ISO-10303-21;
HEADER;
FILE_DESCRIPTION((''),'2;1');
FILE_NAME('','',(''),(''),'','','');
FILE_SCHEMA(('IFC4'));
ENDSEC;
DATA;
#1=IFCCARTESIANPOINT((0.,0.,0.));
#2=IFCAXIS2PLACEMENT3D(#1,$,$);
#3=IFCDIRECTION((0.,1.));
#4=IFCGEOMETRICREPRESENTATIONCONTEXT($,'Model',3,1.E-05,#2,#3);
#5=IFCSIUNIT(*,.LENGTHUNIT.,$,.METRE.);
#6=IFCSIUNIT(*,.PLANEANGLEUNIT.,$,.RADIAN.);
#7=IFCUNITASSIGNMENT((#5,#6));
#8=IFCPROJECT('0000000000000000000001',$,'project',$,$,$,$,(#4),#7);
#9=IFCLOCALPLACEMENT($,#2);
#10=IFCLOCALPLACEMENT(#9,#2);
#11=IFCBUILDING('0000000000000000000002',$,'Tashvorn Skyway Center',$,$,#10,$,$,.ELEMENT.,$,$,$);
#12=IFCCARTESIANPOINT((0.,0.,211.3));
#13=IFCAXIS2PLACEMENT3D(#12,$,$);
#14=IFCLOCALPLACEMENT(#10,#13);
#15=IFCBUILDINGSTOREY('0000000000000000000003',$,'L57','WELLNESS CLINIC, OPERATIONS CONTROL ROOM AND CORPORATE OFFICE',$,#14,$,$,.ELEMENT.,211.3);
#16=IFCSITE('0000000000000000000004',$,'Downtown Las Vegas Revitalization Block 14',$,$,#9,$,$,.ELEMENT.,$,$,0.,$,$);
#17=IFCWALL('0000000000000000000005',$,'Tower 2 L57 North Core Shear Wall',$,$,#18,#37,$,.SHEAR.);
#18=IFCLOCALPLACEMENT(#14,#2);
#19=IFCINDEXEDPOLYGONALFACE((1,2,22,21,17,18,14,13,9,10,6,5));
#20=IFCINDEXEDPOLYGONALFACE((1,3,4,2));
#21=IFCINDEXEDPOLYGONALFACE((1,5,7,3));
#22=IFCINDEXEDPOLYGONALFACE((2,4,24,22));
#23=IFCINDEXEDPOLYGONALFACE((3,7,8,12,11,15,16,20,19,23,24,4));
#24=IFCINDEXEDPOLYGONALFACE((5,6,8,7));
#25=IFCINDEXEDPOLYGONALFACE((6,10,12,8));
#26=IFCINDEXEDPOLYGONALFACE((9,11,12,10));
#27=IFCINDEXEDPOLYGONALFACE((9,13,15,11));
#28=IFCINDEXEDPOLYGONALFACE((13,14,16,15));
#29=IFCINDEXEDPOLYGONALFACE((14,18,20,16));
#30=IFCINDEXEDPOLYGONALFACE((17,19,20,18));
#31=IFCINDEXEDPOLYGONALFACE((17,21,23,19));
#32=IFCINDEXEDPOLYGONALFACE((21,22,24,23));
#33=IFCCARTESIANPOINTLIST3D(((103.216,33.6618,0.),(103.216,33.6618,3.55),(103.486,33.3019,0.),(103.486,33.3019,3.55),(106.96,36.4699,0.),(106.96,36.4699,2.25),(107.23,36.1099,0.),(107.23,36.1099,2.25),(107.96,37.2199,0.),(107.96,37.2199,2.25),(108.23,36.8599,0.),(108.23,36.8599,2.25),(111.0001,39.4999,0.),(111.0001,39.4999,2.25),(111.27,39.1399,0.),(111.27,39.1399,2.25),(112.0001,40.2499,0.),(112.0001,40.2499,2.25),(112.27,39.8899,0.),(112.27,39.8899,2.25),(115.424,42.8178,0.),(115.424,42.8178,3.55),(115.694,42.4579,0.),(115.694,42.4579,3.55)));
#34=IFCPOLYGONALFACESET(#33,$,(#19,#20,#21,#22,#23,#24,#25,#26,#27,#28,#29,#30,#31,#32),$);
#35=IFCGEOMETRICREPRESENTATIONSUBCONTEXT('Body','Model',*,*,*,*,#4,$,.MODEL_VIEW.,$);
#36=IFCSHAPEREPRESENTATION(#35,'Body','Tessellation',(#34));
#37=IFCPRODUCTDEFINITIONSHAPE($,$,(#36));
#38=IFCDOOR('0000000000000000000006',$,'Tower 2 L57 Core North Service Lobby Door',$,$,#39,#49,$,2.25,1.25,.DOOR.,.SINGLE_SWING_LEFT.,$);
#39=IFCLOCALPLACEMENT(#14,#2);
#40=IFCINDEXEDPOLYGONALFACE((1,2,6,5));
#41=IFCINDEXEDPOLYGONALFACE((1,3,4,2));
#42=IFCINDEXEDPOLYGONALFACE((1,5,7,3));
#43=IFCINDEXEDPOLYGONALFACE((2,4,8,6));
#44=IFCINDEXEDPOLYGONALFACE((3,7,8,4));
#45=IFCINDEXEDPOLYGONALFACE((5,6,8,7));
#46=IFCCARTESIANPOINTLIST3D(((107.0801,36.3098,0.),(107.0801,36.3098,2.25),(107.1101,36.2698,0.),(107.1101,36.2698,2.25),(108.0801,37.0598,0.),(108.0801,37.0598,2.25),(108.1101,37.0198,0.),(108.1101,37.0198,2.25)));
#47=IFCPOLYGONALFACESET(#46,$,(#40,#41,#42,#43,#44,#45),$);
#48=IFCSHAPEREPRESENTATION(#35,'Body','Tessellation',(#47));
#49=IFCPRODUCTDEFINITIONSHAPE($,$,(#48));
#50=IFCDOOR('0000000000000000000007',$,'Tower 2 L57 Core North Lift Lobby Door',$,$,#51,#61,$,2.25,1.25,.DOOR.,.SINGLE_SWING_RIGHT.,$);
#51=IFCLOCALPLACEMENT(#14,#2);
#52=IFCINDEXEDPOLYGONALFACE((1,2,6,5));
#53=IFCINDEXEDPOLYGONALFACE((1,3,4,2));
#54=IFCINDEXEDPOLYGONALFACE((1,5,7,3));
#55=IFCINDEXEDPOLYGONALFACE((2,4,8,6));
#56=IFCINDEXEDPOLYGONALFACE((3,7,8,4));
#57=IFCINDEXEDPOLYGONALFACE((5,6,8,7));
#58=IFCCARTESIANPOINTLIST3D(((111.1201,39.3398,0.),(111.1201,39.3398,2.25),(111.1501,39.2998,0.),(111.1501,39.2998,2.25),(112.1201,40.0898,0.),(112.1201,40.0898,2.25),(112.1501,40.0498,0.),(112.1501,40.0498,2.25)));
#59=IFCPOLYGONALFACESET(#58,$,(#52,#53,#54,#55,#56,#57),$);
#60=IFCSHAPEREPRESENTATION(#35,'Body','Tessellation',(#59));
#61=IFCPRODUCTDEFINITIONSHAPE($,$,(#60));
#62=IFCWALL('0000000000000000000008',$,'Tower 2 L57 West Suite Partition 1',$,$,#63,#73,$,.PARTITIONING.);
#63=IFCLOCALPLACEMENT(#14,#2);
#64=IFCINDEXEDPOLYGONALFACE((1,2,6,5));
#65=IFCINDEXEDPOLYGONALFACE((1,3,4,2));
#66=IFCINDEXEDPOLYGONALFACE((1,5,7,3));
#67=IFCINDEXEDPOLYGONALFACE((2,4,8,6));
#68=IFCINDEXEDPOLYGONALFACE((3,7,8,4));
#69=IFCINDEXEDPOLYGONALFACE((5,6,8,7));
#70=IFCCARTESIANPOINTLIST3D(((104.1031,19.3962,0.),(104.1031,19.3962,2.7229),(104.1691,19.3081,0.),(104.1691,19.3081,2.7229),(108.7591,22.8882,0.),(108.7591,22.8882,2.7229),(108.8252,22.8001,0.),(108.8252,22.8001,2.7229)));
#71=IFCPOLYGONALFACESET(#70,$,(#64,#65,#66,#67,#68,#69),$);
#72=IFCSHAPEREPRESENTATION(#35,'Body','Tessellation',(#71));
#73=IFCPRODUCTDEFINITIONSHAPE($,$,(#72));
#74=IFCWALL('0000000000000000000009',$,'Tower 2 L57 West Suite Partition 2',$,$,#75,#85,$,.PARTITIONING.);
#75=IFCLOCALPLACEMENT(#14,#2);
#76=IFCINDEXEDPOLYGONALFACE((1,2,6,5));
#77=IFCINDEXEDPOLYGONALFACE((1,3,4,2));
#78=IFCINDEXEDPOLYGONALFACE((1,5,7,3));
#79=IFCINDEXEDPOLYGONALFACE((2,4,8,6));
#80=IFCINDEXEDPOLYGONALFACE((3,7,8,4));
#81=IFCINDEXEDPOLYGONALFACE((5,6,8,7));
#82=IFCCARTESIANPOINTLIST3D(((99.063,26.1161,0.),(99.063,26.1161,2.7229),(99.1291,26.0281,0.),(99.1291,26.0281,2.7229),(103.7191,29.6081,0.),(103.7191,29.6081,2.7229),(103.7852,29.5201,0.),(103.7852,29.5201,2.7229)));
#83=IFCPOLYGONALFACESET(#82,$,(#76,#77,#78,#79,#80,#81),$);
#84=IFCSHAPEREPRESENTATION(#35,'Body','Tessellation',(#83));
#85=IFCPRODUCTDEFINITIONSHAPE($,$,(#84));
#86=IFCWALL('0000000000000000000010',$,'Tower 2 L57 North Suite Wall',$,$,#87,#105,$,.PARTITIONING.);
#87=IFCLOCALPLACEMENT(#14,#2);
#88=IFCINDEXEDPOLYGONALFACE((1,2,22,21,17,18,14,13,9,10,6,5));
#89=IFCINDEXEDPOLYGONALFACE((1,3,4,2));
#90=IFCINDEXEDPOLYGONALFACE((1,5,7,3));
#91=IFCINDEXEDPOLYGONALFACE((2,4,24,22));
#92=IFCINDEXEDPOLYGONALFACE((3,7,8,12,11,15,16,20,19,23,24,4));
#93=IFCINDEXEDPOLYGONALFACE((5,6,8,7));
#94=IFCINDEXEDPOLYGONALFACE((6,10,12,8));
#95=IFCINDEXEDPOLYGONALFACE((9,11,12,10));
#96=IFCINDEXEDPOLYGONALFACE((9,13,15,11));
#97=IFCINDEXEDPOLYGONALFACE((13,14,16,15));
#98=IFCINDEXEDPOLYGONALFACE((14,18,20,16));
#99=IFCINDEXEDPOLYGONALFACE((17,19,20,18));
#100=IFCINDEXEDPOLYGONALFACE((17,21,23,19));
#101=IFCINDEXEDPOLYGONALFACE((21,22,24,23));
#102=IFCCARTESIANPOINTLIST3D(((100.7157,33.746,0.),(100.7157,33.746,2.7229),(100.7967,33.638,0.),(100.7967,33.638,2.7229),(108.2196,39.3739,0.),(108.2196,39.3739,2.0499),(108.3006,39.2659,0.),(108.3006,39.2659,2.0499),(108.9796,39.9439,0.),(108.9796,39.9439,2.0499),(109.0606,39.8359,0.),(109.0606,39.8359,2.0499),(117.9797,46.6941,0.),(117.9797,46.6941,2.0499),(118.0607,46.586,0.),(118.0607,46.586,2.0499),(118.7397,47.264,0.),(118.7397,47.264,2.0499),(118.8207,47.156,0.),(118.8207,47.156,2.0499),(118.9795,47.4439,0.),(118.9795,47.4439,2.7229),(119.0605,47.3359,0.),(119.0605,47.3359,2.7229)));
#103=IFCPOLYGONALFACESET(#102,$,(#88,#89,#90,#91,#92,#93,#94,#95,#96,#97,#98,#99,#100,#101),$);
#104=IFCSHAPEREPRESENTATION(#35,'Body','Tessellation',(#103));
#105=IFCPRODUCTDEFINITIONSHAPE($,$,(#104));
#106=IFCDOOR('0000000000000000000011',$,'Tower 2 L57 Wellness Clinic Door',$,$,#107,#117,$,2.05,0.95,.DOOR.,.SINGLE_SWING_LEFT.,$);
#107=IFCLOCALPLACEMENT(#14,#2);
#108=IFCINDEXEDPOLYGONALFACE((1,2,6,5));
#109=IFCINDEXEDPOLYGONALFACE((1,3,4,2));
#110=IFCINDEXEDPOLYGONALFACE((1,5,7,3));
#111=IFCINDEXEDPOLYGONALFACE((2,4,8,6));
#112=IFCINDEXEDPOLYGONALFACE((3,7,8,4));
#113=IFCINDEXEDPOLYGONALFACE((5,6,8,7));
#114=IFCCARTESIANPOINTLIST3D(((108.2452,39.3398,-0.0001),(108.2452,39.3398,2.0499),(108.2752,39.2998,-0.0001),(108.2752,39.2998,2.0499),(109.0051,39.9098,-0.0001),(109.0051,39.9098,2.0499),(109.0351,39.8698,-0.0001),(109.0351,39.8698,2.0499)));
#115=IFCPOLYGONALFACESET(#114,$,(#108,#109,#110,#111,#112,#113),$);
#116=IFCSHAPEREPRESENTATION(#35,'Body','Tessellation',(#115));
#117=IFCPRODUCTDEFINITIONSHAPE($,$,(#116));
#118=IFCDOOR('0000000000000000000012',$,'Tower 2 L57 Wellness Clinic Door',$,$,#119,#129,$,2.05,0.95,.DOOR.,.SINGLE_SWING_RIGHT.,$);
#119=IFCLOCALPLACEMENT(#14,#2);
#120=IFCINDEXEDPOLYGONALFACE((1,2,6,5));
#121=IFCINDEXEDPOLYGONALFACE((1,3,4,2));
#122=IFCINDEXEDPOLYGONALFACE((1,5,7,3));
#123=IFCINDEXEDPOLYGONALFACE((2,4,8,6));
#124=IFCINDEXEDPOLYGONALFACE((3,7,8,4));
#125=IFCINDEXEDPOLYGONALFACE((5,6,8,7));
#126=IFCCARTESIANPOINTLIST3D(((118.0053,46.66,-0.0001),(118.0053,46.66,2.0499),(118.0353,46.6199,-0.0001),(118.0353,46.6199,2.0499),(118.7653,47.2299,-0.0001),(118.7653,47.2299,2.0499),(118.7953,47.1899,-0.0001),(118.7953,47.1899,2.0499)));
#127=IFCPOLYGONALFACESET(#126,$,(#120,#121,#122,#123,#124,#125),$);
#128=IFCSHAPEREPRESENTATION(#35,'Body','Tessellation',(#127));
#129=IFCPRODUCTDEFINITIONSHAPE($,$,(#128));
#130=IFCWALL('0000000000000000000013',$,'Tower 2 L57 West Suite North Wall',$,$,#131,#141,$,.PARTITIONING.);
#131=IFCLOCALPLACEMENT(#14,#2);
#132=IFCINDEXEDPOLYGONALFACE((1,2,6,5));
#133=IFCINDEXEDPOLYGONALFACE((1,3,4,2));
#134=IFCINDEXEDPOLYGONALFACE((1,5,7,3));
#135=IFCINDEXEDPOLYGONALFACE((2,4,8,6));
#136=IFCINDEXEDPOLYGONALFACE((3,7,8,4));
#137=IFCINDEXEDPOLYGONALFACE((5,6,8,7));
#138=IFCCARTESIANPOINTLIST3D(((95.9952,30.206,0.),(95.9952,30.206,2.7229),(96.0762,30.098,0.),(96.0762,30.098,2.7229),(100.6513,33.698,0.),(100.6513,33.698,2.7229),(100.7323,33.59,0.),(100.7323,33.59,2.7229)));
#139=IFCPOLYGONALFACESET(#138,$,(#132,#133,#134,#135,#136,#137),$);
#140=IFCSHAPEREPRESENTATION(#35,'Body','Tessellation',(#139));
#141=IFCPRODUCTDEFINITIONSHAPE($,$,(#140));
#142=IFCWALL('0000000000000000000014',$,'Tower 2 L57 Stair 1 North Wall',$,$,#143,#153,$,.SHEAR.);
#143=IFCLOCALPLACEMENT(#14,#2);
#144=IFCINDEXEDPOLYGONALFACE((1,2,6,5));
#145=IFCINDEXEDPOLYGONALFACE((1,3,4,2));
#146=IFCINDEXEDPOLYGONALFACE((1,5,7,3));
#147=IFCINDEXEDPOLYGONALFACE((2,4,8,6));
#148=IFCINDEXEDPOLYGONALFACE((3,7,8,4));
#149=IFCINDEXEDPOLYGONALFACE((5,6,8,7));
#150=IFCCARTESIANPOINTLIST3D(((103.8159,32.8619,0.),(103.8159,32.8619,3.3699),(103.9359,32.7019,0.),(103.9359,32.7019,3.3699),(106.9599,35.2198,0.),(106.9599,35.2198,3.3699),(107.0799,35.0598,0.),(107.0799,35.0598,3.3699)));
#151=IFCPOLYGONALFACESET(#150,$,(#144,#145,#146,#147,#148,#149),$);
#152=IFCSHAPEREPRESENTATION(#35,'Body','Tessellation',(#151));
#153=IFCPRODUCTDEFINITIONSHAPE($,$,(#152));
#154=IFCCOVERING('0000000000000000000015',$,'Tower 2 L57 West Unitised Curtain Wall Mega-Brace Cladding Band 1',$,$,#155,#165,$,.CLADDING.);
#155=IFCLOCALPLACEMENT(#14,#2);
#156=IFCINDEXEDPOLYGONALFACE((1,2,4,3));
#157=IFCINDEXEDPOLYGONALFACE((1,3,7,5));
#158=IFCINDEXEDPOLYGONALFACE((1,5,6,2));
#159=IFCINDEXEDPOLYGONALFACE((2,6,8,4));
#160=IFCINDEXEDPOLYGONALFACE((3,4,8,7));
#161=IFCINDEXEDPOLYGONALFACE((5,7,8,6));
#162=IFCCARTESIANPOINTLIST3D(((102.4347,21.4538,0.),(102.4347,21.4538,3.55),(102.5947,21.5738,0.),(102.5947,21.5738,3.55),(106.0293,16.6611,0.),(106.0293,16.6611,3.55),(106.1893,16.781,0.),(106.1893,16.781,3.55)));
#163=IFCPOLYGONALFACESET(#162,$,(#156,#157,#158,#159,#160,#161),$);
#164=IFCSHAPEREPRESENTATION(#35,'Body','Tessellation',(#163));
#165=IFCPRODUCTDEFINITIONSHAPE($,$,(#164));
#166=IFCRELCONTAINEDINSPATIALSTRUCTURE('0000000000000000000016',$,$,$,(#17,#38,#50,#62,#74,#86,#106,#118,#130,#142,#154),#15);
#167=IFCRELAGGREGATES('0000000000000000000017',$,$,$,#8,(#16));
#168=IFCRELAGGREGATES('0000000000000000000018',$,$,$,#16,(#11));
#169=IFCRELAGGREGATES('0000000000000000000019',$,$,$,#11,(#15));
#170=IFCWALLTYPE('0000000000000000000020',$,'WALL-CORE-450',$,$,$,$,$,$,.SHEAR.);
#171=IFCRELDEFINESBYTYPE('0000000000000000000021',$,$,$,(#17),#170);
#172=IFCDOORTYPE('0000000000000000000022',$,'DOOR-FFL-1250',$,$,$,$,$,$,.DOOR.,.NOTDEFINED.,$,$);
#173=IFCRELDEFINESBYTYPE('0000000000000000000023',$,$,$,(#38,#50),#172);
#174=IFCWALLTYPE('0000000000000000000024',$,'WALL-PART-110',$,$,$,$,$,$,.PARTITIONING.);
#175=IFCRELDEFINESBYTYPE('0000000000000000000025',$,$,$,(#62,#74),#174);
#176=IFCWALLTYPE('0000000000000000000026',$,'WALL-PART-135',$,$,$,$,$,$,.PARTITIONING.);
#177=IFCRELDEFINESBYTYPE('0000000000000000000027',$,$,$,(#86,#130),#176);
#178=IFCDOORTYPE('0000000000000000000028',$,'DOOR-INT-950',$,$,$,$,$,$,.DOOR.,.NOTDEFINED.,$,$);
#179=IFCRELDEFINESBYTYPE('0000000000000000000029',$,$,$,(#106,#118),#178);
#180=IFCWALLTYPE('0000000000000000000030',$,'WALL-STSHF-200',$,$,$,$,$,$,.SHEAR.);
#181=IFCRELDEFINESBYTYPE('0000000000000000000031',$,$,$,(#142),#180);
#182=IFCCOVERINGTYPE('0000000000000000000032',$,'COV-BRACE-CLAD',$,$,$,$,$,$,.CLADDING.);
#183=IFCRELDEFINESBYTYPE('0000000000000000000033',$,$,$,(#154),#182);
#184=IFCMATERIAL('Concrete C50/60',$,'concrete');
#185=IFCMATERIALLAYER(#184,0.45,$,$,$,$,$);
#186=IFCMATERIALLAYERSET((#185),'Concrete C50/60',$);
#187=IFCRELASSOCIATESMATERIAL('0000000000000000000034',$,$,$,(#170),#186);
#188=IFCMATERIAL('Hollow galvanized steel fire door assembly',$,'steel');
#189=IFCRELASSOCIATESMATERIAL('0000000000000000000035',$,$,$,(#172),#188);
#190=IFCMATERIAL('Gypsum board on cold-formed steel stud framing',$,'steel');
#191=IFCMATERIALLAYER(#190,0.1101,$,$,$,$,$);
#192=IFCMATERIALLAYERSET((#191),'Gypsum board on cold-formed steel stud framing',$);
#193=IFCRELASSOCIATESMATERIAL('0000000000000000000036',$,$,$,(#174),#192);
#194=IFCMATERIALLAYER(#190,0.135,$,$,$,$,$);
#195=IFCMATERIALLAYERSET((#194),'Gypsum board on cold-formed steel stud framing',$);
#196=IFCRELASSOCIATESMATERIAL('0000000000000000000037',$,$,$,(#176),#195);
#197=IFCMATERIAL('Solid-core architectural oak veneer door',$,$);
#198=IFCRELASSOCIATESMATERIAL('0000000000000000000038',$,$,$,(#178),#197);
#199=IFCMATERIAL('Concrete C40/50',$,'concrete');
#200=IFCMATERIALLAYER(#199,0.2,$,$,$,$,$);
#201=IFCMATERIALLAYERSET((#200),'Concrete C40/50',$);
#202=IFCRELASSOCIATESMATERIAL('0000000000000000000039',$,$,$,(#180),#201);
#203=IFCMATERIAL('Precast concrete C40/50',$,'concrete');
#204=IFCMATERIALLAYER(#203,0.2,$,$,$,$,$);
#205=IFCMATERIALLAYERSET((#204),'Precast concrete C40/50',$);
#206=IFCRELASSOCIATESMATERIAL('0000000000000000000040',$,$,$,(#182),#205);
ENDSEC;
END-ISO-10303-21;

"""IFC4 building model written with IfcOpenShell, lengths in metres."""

from ifc_helpers import new_model, si_unit, direction, frame, frame_2d, origin, origin_2d, place, context, subcontext, project, spatial, rectangle, extrude, material, layer, layer_set, type_object, element, fill, save


model = new_model("IFC4")

# Units and contexts
model_context = context("Model", 3, precision=1e-05, world=origin(), true_north=direction((0.0, 1.0)))
body_context = subcontext(model_context, "Body", "Model", "MODEL_VIEW")
ifc_project = project(units=[si_unit("LENGTHUNIT", "METRE"), si_unit("PLANEANGLEUNIT", "RADIAN")], contexts=[model_context])

# Site, building, storey
site_placement = place(None, origin())
site = spatial("IfcSite", under=ifc_project, at=site_placement, Name="Downtown Las Vegas Revitalization Block 14", CompositionType="ELEMENT", RefElevation=0.0)
building_placement = place(site_placement, origin())
building = spatial("IfcBuilding", under=site, at=building_placement, Name="Tashvorn Skyway Center", CompositionType="ELEMENT")
storey_placement = place(building_placement, frame((0.0, 0.0, 211.3)))
storey = spatial("IfcBuildingStorey", under=building, at=storey_placement, Name="L57", Description="WELLNESS CLINIC, OPERATIONS CONTROL ROOM AND CORPORATE OFFICE", CompositionType="ELEMENT", Elevation=211.3)

# Wall, openings, doors
ifc_material_1 = material(Name="Concrete C50/60", Category="concrete")
ifc_layer_1 = layer(ifc_material_1, 0.45)
ifc_layer_set_1 = layer_set([ifc_layer_1], Name="Concrete C50/60")
wall_type_1 = type_object("IfcWallType", Name="WALL-CORE-450", PredefinedType="SHEAR", material=ifc_layer_set_1)
wall_1_placement = place(storey_placement, frame((103.3511, 33.4819, 0.0), z_axis=(0.0, 0.0, 1.0), x_axis=(0.8, 0.6, 0.0)))
wall_1 = element("IfcWall", 1, at=wall_1_placement, inside=storey, type_object=wall_type_1, Name="Tower 2 L57 North Core Shear Wall", PredefinedType="SHEAR", context=body_context, shape_type="SweptSolid", body=[
    extrude(rectangle(XDim=15.26, YDim=0.45, at=frame_2d((7.6299, 0.0))), origin(), (0.0, 0.0, 1.0), 3.55),
])
opening_1_placement = place(wall_1_placement, frame((4.6799, 0.0, 0.0)))
opening_1 = element("IfcOpeningElement", 2, at=opening_1_placement, cuts=wall_1, PredefinedType="OPENING", context=body_context, shape_type="SweptSolid", body=[
    extrude(rectangle(XDim=1.25, YDim=2.25, at=frame_2d((0.625, 1.125))), frame((0.0, 0.2349, 0.0), z_axis=(0.0, -1.0, 0.0), x_axis=(1.0, 0.0, 0.0)), (0.0, 0.0, 1.0), 0.47),
])
opening_2_placement = place(wall_1_placement, frame((9.73, 0.0, 0.0)))
opening_2 = element("IfcOpeningElement", 3, at=opening_2_placement, cuts=wall_1, PredefinedType="OPENING", context=body_context, shape_type="SweptSolid", body=[
    extrude(rectangle(XDim=1.25, YDim=2.25, at=frame_2d((0.625, 1.125))), frame((0.0, 0.2349, 0.0), z_axis=(0.0, -1.0, 0.0), x_axis=(1.0, 0.0, 0.0)), (0.0, 0.0, 1.0), 0.47),
])
ifc_material_2 = material(Name="Hollow galvanized steel fire door assembly", Category="steel")
door_type_1 = type_object("IfcDoorType", Name="DOOR-FFL-1250", OperationType="NOTDEFINED", PredefinedType="DOOR", material=ifc_material_2)
door_1_placement = place(opening_1_placement, origin())
door_1 = element("IfcDoor", 4, at=door_1_placement, inside=storey, type_object=door_type_1, Name="Tower 2 L57 Core North Service Lobby Door", OperationType="SINGLE_SWING_LEFT", OverallHeight=2.25, OverallWidth=1.25, PredefinedType="DOOR", context=body_context, shape_type="SweptSolid", body=[
    extrude(rectangle(XDim=1.25, YDim=2.25, at=frame_2d((0.625, 1.125))), frame((0.0, 0.0249, 0.0), z_axis=(0.0, -1.0, 0.0), x_axis=(1.0, 0.0, 0.0)), (0.0, 0.0, 1.0), 0.05),
])
fill(opening_1, door_1)
door_2_placement = place(opening_2_placement, origin())
door_2 = element("IfcDoor", 5, at=door_2_placement, inside=storey, type_object=door_type_1, Name="Tower 2 L57 Core North Lift Lobby Door", OperationType="SINGLE_SWING_RIGHT", OverallHeight=2.25, OverallWidth=1.25, PredefinedType="DOOR", context=body_context, shape_type="SweptSolid", body=[
    extrude(rectangle(XDim=1.25, YDim=2.25, at=frame_2d((0.625, 1.125))), frame((0.0, 0.0249, 0.0), z_axis=(0.0, -1.0, 0.0), x_axis=(1.0, 0.0, 0.0)), (0.0, 0.0, 1.0), 0.05),
])
fill(opening_2, door_2)

# Walls
ifc_material_3 = material(Name="Gypsum board on cold-formed steel stud framing", Category="steel")
ifc_layer_2 = layer(ifc_material_3, 0.1101)
ifc_layer_set_2 = layer_set([ifc_layer_2], Name="Gypsum board on cold-formed steel stud framing")
wall_type_2 = type_object("IfcWallType", Name="WALL-PART-110", PredefinedType="PARTITIONING", material=ifc_layer_set_2)
for number, where, z_axis, x_axis, name in (
    (6, (104.136, 19.3521, 0.0), (0.0, 0.0, 1.0), (0.800005, 0.599993, 0.0), "Tower 2 L57 West Suite Partition 1"),
    (7, (99.0959, 26.072, 0.0), (0.0, 0.0, 1.0), (0.800005, 0.599993, 0.0), "Tower 2 L57 West Suite Partition 2"),
):
    element("IfcWall", number, at=place(storey_placement, frame(where, z_axis=z_axis, x_axis=x_axis)), inside=storey, type_object=wall_type_2, Name=name, PredefinedType="PARTITIONING", context=body_context, shape_type="SweptSolid", body=[
        extrude(rectangle(XDim=5.8201, YDim=0.1101, at=frame_2d((2.9102, 0.0))), origin(), (0.0, 0.0, 1.0), 2.7229),
    ])

# Wall, openings, doors
ifc_layer_3 = layer(ifc_material_3, 0.135)
ifc_layer_set_3 = layer_set([ifc_layer_3], Name="Gypsum board on cold-formed steel stud framing")
wall_type_3 = type_object("IfcWallType", Name="WALL-PART-135", PredefinedType="PARTITIONING", material=ifc_layer_set_3)
wall_2_placement = place(storey_placement, frame((100.7561, 33.6919, 0.0), z_axis=(0.0, 0.0, 1.0), x_axis=(0.799999, 0.600002, 0.0)))
wall_2 = element("IfcWall", 8, at=wall_2_placement, inside=storey, type_object=wall_type_3, Name="Tower 2 L57 North Suite Wall", PredefinedType="PARTITIONING", context=body_context, shape_type="SweptSolid", body=[
    extrude(rectangle(XDim=22.8298, YDim=0.135, at=frame_2d((11.415, 0.0))), origin(), (0.0, 0.0, 1.0), 2.7229),
])
opening_3_placement = place(wall_2_placement, frame((9.3799, 0.0, 0.0)))
opening_3 = element("IfcOpeningElement", 9, at=opening_3_placement, cuts=wall_2, PredefinedType="OPENING", context=body_context, shape_type="SweptSolid", body=[
    extrude(rectangle(XDim=0.95, YDim=2.05, at=frame_2d((0.4751, 1.0249))), frame((0.0, 0.0774, 0.0), z_axis=(0.0, -1.0, 0.0), x_axis=(1.0, 0.0, 0.0)), (0.0, 0.0, 1.0), 0.155),
])
opening_4_placement = place(wall_2_placement, frame((21.5801, 0.0, 0.0)))
opening_4 = element("IfcOpeningElement", 10, at=opening_4_placement, cuts=wall_2, PredefinedType="OPENING", context=body_context, shape_type="SweptSolid", body=[
    extrude(rectangle(XDim=0.95, YDim=2.05, at=frame_2d((0.4751, 1.0249))), frame((0.0, 0.0774, 0.0), z_axis=(0.0, -1.0, 0.0), x_axis=(1.0, 0.0, 0.0)), (0.0, 0.0, 1.0), 0.155),
])
ifc_material_4 = material(Name="Solid-core architectural oak veneer door")
door_type_2 = type_object("IfcDoorType", Name="DOOR-INT-950", OperationType="NOTDEFINED", PredefinedType="DOOR", material=ifc_material_4)
door_3_placement = place(opening_3_placement, origin())
door_3 = element("IfcDoor", 11, at=door_3_placement, inside=storey, type_object=door_type_2, Name="Tower 2 L57 Wellness Clinic Door", OperationType="SINGLE_SWING_LEFT", OverallHeight=2.05, OverallWidth=0.95, PredefinedType="DOOR", context=body_context, shape_type="SweptSolid", body=[
    extrude(rectangle(XDim=0.95, YDim=2.05, at=frame_2d((0.4751, 1.0249))), frame((0.0, 0.0249, 0.0), z_axis=(0.0, -1.0, 0.0), x_axis=(1.0, 0.0, 0.0)), (0.0, 0.0, 1.0), 0.05),
])
fill(opening_3, door_3)
door_4_placement = place(opening_4_placement, origin())
door_4 = element("IfcDoor", 12, at=door_4_placement, inside=storey, type_object=door_type_2, Name="Tower 2 L57 Wellness Clinic Door", OperationType="SINGLE_SWING_RIGHT", OverallHeight=2.05, OverallWidth=0.95, PredefinedType="DOOR", context=body_context, shape_type="SweptSolid", body=[
    extrude(rectangle(XDim=0.95, YDim=2.05, at=frame_2d((0.4751, 1.0249))), frame((0.0, 0.0249, 0.0), z_axis=(0.0, -1.0, 0.0), x_axis=(1.0, 0.0, 0.0)), (0.0, 0.0, 1.0), 0.05),
])
fill(opening_4, door_4)

# Walls
wall_3_placement = place(storey_placement, frame((100.6919, 33.644, 0.0), z_axis=(0.0, 0.0, 1.0), x_axis=(-0.800005, -0.599993, 0.0)))
element("IfcWall", 13, at=wall_3_placement, inside=storey, type_object=wall_type_3, Name="Tower 2 L57 West Suite North Wall", PredefinedType="PARTITIONING", context=body_context, shape_type="SweptSolid", body=[
    extrude(rectangle(XDim=5.8201, YDim=0.135, at=frame_2d((2.9102, 0.0))), origin(), (0.0, 0.0, 1.0), 2.7229),
])
ifc_material_5 = material(Name="Concrete C40/50", Category="concrete")
ifc_layer_4 = layer(ifc_material_5, 0.2)
ifc_layer_set_4 = layer_set([ifc_layer_4], Name="Concrete C40/50")
wall_type_4 = type_object("IfcWallType", Name="WALL-STSHF-200", PredefinedType="SHEAR", material=ifc_layer_set_4)
wall_4_placement = place(storey_placement, frame((103.876, 32.782, 0.0), z_axis=(0.0, 0.0, 1.0), x_axis=(0.800015, 0.59998, 0.0)))
element("IfcWall", 14, at=wall_4_placement, inside=storey, type_object=wall_type_4, Name="Tower 2 L57 Stair 1 North Wall", PredefinedType="SHEAR", context=body_context, shape_type="SweptSolid", body=[
    extrude(rectangle(XDim=3.9299, YDim=0.2, at=frame_2d((1.9648, 0.0))), origin(), (0.0, 0.0, 1.0), 3.3699),
])

# Covering
ifc_material_6 = material(Name="Precast concrete C40/50", Category="concrete")
ifc_layer_5 = layer(ifc_material_6, 0.2)
ifc_layer_set_5 = layer_set([ifc_layer_5], Name="Precast concrete C40/50")
covering_type_1 = type_object("IfcCoveringType", Name="COV-BRACE-CLAD", PredefinedType="CLADDING", material=ifc_layer_set_5)
for number, where, z_axis, x_axis, name in (
    (15, (104.312, 19.1174, 0.0), (0.0, 0.0, 1.0), (-0.6, 0.8, 0.0), "Tower 2 L57 West Unitised Curtain Wall Mega-Brace Cladding Band 1"),
):
    element("IfcCovering", number, at=place(storey_placement, frame(where, z_axis=z_axis, x_axis=x_axis)), inside=storey, type_object=covering_type_1, Name=name, PredefinedType="CLADDING", context=body_context, shape_type="SweptSolid", body=[
        extrude(rectangle(XDim=5.991, YDim=0.2, at=origin_2d()), origin(), (0.0, 0.0, 1.0), 3.55),
    ])

save(model, "model.ifc")
